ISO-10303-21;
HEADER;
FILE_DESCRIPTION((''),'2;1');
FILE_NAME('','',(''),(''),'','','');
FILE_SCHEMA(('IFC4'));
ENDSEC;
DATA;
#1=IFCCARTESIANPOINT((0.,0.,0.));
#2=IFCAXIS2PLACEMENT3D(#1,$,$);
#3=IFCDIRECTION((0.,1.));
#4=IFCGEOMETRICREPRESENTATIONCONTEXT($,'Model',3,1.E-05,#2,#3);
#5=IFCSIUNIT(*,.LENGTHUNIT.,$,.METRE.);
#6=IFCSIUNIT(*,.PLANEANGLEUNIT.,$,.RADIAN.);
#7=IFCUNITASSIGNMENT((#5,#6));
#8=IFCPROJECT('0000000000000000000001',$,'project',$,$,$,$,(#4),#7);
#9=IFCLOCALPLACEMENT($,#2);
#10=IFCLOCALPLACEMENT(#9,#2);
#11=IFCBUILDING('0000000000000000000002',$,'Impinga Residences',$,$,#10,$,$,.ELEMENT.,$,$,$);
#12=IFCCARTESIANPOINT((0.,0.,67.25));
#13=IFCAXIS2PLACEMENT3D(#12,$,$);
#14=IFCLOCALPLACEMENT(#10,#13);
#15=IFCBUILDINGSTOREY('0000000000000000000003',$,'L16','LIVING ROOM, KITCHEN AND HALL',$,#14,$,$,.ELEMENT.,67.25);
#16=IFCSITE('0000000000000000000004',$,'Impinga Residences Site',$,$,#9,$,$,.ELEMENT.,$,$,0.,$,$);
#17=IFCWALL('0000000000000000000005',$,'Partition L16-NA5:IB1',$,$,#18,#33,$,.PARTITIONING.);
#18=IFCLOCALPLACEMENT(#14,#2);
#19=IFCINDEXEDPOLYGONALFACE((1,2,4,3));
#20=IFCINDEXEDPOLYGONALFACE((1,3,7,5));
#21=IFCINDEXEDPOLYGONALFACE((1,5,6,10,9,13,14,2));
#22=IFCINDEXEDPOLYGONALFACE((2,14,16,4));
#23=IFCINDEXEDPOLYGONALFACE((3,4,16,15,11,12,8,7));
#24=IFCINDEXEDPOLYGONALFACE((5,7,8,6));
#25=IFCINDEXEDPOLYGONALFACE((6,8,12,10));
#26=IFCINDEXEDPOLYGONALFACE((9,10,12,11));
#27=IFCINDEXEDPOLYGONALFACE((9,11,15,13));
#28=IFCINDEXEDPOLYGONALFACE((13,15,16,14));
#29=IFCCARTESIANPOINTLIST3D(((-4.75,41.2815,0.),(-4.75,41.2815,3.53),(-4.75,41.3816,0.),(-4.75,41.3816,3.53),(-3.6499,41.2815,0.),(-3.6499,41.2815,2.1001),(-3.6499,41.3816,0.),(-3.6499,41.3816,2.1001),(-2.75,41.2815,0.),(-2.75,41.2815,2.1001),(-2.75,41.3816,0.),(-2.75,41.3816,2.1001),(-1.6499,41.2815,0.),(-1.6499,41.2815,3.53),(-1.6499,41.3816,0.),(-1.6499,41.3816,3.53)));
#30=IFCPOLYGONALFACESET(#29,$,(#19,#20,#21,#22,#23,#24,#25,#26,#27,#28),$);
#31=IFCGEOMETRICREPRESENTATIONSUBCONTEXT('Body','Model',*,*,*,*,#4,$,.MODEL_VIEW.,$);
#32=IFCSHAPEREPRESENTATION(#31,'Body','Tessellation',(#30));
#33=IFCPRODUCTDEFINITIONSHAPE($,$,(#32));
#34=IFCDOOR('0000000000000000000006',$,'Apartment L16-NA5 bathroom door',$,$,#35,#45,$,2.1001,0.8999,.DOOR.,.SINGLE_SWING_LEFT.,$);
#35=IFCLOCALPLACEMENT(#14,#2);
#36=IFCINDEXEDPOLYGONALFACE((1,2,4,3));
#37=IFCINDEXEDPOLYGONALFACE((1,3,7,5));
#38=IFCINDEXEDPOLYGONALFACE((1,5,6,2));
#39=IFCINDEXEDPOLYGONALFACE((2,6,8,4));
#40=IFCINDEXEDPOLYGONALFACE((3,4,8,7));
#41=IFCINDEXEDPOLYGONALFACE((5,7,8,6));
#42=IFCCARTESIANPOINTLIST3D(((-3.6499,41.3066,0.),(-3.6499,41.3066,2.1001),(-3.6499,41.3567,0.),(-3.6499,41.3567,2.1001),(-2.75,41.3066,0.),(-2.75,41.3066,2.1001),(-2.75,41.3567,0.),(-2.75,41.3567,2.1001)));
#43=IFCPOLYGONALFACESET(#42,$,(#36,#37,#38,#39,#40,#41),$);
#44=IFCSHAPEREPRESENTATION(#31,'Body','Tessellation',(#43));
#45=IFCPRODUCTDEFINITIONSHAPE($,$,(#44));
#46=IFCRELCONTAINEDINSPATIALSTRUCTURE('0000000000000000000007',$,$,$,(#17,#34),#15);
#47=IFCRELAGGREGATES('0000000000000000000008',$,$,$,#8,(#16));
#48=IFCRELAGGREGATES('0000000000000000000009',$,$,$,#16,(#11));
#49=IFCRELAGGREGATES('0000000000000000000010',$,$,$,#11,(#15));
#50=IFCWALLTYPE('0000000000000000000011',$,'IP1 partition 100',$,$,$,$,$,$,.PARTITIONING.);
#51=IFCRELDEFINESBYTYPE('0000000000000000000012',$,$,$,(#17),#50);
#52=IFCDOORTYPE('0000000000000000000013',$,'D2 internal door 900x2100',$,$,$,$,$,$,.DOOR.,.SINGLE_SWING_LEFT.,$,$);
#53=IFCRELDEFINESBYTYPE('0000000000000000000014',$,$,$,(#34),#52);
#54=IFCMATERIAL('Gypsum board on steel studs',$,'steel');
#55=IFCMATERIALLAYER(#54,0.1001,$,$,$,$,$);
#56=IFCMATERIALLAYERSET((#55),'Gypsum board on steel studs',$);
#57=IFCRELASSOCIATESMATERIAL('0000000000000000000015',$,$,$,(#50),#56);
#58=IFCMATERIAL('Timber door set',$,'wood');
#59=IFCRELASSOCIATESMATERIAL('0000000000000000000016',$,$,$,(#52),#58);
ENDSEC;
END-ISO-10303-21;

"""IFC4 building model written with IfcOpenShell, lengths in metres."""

from ifc_helpers import new_model, si_unit, direction, frame, frame_2d, origin, place, context, subcontext, project, spatial, rectangle, extrude, material, layer, layer_set, type_object, element, fill, save


model = new_model("IFC4")

# Units and contexts
model_context = context("Model", 3, precision=1e-05, world=origin(), true_north=direction((0.0, 1.0)))
body_context = subcontext(model_context, "Body", "Model", "MODEL_VIEW")
ifc_project = project(units=[si_unit("LENGTHUNIT", "METRE"), si_unit("PLANEANGLEUNIT", "RADIAN")], contexts=[model_context])

# Site, building, storey
site_placement = place(None, origin())
site = spatial("IfcSite", under=ifc_project, at=site_placement, Name="Impinga Residences Site", CompositionType="ELEMENT", RefElevation=0.0)
building_placement = place(site_placement, origin())
building = spatial("IfcBuilding", under=site, at=building_placement, Name="Impinga Residences", CompositionType="ELEMENT")
storey_placement = place(building_placement, frame((0.0, 0.0, 67.25)))
storey = spatial("IfcBuildingStorey", under=building, at=storey_placement, Name="L16", Description="LIVING ROOM, KITCHEN AND HALL", CompositionType="ELEMENT", Elevation=67.25)

# Shared definitions
ifc_material_1 = material(Name="Gypsum board on steel studs", Category="steel")
ifc_layer_1 = layer(ifc_material_1, 0.1001)
ifc_layer_set_1 = layer_set([ifc_layer_1], Name="Gypsum board on steel studs")
wall_type_1 = type_object("IfcWallType", Name="IP1 partition 100", PredefinedType="PARTITIONING", material=ifc_layer_set_1)

# Wall, opening, door
wall_1_placement = place(storey_placement, frame((-1.6499, 41.3315, 0.0), z_axis=(0.0, 0.0, 1.0), x_axis=(-1.0, 0.0, 0.0)))
wall_1 = element("IfcWall", 1, at=wall_1_placement, inside=storey, type_object=wall_type_1, Name="Partition L16-NA5:IB1", PredefinedType="PARTITIONING", context=body_context, shape_type="SweptSolid", body=[
    extrude(rectangle(XDim=3.1001, YDim=0.1001, at=frame_2d((1.55, 0.0))), origin(), (0.0, 0.0, 1.0), 3.53),
])
opening_1_placement = place(wall_1_placement, frame((1.1001, 0.0, 0.0)))
opening_1 = element("IfcOpeningElement", 2, at=opening_1_placement, cuts=wall_1, PredefinedType="OPENING", context=body_context, shape_type="SweptSolid", body=[
    extrude(rectangle(XDim=0.8999, YDim=2.1001, at=frame_2d((0.45, 1.05))), frame((0.0, 0.0601, 0.0), z_axis=(0.0, -1.0, 0.0), x_axis=(1.0, 0.0, 0.0)), (0.0, 0.0, 1.0), 0.1201),
])
ifc_material_2 = material(Name="Timber door set", Category="wood")
door_type = type_object("IfcDoorType", Name="D2 internal door 900x2100", OperationType="SINGLE_SWING_LEFT", PredefinedType="DOOR", material=ifc_material_2)
door_placement = place(opening_1_placement, origin())
door = element("IfcDoor", 3, at=door_placement, inside=storey, type_object=door_type, Name="Apartment L16-NA5 bathroom door", OperationType="SINGLE_SWING_LEFT", OverallHeight=2.1001, OverallWidth=0.8999, PredefinedType="DOOR", context=body_context, shape_type="SweptSolid", body=[
    extrude(rectangle(XDim=0.8999, YDim=2.1001, at=frame_2d((0.45, 1.05))), frame((0.0, 0.0249, 0.0), z_axis=(0.0, -1.0, 0.0), x_axis=(1.0, 0.0, 0.0)), (0.0, 0.0, 1.0), 0.05),
])
fill(opening_1, door)

save(model, "model.ifc")
